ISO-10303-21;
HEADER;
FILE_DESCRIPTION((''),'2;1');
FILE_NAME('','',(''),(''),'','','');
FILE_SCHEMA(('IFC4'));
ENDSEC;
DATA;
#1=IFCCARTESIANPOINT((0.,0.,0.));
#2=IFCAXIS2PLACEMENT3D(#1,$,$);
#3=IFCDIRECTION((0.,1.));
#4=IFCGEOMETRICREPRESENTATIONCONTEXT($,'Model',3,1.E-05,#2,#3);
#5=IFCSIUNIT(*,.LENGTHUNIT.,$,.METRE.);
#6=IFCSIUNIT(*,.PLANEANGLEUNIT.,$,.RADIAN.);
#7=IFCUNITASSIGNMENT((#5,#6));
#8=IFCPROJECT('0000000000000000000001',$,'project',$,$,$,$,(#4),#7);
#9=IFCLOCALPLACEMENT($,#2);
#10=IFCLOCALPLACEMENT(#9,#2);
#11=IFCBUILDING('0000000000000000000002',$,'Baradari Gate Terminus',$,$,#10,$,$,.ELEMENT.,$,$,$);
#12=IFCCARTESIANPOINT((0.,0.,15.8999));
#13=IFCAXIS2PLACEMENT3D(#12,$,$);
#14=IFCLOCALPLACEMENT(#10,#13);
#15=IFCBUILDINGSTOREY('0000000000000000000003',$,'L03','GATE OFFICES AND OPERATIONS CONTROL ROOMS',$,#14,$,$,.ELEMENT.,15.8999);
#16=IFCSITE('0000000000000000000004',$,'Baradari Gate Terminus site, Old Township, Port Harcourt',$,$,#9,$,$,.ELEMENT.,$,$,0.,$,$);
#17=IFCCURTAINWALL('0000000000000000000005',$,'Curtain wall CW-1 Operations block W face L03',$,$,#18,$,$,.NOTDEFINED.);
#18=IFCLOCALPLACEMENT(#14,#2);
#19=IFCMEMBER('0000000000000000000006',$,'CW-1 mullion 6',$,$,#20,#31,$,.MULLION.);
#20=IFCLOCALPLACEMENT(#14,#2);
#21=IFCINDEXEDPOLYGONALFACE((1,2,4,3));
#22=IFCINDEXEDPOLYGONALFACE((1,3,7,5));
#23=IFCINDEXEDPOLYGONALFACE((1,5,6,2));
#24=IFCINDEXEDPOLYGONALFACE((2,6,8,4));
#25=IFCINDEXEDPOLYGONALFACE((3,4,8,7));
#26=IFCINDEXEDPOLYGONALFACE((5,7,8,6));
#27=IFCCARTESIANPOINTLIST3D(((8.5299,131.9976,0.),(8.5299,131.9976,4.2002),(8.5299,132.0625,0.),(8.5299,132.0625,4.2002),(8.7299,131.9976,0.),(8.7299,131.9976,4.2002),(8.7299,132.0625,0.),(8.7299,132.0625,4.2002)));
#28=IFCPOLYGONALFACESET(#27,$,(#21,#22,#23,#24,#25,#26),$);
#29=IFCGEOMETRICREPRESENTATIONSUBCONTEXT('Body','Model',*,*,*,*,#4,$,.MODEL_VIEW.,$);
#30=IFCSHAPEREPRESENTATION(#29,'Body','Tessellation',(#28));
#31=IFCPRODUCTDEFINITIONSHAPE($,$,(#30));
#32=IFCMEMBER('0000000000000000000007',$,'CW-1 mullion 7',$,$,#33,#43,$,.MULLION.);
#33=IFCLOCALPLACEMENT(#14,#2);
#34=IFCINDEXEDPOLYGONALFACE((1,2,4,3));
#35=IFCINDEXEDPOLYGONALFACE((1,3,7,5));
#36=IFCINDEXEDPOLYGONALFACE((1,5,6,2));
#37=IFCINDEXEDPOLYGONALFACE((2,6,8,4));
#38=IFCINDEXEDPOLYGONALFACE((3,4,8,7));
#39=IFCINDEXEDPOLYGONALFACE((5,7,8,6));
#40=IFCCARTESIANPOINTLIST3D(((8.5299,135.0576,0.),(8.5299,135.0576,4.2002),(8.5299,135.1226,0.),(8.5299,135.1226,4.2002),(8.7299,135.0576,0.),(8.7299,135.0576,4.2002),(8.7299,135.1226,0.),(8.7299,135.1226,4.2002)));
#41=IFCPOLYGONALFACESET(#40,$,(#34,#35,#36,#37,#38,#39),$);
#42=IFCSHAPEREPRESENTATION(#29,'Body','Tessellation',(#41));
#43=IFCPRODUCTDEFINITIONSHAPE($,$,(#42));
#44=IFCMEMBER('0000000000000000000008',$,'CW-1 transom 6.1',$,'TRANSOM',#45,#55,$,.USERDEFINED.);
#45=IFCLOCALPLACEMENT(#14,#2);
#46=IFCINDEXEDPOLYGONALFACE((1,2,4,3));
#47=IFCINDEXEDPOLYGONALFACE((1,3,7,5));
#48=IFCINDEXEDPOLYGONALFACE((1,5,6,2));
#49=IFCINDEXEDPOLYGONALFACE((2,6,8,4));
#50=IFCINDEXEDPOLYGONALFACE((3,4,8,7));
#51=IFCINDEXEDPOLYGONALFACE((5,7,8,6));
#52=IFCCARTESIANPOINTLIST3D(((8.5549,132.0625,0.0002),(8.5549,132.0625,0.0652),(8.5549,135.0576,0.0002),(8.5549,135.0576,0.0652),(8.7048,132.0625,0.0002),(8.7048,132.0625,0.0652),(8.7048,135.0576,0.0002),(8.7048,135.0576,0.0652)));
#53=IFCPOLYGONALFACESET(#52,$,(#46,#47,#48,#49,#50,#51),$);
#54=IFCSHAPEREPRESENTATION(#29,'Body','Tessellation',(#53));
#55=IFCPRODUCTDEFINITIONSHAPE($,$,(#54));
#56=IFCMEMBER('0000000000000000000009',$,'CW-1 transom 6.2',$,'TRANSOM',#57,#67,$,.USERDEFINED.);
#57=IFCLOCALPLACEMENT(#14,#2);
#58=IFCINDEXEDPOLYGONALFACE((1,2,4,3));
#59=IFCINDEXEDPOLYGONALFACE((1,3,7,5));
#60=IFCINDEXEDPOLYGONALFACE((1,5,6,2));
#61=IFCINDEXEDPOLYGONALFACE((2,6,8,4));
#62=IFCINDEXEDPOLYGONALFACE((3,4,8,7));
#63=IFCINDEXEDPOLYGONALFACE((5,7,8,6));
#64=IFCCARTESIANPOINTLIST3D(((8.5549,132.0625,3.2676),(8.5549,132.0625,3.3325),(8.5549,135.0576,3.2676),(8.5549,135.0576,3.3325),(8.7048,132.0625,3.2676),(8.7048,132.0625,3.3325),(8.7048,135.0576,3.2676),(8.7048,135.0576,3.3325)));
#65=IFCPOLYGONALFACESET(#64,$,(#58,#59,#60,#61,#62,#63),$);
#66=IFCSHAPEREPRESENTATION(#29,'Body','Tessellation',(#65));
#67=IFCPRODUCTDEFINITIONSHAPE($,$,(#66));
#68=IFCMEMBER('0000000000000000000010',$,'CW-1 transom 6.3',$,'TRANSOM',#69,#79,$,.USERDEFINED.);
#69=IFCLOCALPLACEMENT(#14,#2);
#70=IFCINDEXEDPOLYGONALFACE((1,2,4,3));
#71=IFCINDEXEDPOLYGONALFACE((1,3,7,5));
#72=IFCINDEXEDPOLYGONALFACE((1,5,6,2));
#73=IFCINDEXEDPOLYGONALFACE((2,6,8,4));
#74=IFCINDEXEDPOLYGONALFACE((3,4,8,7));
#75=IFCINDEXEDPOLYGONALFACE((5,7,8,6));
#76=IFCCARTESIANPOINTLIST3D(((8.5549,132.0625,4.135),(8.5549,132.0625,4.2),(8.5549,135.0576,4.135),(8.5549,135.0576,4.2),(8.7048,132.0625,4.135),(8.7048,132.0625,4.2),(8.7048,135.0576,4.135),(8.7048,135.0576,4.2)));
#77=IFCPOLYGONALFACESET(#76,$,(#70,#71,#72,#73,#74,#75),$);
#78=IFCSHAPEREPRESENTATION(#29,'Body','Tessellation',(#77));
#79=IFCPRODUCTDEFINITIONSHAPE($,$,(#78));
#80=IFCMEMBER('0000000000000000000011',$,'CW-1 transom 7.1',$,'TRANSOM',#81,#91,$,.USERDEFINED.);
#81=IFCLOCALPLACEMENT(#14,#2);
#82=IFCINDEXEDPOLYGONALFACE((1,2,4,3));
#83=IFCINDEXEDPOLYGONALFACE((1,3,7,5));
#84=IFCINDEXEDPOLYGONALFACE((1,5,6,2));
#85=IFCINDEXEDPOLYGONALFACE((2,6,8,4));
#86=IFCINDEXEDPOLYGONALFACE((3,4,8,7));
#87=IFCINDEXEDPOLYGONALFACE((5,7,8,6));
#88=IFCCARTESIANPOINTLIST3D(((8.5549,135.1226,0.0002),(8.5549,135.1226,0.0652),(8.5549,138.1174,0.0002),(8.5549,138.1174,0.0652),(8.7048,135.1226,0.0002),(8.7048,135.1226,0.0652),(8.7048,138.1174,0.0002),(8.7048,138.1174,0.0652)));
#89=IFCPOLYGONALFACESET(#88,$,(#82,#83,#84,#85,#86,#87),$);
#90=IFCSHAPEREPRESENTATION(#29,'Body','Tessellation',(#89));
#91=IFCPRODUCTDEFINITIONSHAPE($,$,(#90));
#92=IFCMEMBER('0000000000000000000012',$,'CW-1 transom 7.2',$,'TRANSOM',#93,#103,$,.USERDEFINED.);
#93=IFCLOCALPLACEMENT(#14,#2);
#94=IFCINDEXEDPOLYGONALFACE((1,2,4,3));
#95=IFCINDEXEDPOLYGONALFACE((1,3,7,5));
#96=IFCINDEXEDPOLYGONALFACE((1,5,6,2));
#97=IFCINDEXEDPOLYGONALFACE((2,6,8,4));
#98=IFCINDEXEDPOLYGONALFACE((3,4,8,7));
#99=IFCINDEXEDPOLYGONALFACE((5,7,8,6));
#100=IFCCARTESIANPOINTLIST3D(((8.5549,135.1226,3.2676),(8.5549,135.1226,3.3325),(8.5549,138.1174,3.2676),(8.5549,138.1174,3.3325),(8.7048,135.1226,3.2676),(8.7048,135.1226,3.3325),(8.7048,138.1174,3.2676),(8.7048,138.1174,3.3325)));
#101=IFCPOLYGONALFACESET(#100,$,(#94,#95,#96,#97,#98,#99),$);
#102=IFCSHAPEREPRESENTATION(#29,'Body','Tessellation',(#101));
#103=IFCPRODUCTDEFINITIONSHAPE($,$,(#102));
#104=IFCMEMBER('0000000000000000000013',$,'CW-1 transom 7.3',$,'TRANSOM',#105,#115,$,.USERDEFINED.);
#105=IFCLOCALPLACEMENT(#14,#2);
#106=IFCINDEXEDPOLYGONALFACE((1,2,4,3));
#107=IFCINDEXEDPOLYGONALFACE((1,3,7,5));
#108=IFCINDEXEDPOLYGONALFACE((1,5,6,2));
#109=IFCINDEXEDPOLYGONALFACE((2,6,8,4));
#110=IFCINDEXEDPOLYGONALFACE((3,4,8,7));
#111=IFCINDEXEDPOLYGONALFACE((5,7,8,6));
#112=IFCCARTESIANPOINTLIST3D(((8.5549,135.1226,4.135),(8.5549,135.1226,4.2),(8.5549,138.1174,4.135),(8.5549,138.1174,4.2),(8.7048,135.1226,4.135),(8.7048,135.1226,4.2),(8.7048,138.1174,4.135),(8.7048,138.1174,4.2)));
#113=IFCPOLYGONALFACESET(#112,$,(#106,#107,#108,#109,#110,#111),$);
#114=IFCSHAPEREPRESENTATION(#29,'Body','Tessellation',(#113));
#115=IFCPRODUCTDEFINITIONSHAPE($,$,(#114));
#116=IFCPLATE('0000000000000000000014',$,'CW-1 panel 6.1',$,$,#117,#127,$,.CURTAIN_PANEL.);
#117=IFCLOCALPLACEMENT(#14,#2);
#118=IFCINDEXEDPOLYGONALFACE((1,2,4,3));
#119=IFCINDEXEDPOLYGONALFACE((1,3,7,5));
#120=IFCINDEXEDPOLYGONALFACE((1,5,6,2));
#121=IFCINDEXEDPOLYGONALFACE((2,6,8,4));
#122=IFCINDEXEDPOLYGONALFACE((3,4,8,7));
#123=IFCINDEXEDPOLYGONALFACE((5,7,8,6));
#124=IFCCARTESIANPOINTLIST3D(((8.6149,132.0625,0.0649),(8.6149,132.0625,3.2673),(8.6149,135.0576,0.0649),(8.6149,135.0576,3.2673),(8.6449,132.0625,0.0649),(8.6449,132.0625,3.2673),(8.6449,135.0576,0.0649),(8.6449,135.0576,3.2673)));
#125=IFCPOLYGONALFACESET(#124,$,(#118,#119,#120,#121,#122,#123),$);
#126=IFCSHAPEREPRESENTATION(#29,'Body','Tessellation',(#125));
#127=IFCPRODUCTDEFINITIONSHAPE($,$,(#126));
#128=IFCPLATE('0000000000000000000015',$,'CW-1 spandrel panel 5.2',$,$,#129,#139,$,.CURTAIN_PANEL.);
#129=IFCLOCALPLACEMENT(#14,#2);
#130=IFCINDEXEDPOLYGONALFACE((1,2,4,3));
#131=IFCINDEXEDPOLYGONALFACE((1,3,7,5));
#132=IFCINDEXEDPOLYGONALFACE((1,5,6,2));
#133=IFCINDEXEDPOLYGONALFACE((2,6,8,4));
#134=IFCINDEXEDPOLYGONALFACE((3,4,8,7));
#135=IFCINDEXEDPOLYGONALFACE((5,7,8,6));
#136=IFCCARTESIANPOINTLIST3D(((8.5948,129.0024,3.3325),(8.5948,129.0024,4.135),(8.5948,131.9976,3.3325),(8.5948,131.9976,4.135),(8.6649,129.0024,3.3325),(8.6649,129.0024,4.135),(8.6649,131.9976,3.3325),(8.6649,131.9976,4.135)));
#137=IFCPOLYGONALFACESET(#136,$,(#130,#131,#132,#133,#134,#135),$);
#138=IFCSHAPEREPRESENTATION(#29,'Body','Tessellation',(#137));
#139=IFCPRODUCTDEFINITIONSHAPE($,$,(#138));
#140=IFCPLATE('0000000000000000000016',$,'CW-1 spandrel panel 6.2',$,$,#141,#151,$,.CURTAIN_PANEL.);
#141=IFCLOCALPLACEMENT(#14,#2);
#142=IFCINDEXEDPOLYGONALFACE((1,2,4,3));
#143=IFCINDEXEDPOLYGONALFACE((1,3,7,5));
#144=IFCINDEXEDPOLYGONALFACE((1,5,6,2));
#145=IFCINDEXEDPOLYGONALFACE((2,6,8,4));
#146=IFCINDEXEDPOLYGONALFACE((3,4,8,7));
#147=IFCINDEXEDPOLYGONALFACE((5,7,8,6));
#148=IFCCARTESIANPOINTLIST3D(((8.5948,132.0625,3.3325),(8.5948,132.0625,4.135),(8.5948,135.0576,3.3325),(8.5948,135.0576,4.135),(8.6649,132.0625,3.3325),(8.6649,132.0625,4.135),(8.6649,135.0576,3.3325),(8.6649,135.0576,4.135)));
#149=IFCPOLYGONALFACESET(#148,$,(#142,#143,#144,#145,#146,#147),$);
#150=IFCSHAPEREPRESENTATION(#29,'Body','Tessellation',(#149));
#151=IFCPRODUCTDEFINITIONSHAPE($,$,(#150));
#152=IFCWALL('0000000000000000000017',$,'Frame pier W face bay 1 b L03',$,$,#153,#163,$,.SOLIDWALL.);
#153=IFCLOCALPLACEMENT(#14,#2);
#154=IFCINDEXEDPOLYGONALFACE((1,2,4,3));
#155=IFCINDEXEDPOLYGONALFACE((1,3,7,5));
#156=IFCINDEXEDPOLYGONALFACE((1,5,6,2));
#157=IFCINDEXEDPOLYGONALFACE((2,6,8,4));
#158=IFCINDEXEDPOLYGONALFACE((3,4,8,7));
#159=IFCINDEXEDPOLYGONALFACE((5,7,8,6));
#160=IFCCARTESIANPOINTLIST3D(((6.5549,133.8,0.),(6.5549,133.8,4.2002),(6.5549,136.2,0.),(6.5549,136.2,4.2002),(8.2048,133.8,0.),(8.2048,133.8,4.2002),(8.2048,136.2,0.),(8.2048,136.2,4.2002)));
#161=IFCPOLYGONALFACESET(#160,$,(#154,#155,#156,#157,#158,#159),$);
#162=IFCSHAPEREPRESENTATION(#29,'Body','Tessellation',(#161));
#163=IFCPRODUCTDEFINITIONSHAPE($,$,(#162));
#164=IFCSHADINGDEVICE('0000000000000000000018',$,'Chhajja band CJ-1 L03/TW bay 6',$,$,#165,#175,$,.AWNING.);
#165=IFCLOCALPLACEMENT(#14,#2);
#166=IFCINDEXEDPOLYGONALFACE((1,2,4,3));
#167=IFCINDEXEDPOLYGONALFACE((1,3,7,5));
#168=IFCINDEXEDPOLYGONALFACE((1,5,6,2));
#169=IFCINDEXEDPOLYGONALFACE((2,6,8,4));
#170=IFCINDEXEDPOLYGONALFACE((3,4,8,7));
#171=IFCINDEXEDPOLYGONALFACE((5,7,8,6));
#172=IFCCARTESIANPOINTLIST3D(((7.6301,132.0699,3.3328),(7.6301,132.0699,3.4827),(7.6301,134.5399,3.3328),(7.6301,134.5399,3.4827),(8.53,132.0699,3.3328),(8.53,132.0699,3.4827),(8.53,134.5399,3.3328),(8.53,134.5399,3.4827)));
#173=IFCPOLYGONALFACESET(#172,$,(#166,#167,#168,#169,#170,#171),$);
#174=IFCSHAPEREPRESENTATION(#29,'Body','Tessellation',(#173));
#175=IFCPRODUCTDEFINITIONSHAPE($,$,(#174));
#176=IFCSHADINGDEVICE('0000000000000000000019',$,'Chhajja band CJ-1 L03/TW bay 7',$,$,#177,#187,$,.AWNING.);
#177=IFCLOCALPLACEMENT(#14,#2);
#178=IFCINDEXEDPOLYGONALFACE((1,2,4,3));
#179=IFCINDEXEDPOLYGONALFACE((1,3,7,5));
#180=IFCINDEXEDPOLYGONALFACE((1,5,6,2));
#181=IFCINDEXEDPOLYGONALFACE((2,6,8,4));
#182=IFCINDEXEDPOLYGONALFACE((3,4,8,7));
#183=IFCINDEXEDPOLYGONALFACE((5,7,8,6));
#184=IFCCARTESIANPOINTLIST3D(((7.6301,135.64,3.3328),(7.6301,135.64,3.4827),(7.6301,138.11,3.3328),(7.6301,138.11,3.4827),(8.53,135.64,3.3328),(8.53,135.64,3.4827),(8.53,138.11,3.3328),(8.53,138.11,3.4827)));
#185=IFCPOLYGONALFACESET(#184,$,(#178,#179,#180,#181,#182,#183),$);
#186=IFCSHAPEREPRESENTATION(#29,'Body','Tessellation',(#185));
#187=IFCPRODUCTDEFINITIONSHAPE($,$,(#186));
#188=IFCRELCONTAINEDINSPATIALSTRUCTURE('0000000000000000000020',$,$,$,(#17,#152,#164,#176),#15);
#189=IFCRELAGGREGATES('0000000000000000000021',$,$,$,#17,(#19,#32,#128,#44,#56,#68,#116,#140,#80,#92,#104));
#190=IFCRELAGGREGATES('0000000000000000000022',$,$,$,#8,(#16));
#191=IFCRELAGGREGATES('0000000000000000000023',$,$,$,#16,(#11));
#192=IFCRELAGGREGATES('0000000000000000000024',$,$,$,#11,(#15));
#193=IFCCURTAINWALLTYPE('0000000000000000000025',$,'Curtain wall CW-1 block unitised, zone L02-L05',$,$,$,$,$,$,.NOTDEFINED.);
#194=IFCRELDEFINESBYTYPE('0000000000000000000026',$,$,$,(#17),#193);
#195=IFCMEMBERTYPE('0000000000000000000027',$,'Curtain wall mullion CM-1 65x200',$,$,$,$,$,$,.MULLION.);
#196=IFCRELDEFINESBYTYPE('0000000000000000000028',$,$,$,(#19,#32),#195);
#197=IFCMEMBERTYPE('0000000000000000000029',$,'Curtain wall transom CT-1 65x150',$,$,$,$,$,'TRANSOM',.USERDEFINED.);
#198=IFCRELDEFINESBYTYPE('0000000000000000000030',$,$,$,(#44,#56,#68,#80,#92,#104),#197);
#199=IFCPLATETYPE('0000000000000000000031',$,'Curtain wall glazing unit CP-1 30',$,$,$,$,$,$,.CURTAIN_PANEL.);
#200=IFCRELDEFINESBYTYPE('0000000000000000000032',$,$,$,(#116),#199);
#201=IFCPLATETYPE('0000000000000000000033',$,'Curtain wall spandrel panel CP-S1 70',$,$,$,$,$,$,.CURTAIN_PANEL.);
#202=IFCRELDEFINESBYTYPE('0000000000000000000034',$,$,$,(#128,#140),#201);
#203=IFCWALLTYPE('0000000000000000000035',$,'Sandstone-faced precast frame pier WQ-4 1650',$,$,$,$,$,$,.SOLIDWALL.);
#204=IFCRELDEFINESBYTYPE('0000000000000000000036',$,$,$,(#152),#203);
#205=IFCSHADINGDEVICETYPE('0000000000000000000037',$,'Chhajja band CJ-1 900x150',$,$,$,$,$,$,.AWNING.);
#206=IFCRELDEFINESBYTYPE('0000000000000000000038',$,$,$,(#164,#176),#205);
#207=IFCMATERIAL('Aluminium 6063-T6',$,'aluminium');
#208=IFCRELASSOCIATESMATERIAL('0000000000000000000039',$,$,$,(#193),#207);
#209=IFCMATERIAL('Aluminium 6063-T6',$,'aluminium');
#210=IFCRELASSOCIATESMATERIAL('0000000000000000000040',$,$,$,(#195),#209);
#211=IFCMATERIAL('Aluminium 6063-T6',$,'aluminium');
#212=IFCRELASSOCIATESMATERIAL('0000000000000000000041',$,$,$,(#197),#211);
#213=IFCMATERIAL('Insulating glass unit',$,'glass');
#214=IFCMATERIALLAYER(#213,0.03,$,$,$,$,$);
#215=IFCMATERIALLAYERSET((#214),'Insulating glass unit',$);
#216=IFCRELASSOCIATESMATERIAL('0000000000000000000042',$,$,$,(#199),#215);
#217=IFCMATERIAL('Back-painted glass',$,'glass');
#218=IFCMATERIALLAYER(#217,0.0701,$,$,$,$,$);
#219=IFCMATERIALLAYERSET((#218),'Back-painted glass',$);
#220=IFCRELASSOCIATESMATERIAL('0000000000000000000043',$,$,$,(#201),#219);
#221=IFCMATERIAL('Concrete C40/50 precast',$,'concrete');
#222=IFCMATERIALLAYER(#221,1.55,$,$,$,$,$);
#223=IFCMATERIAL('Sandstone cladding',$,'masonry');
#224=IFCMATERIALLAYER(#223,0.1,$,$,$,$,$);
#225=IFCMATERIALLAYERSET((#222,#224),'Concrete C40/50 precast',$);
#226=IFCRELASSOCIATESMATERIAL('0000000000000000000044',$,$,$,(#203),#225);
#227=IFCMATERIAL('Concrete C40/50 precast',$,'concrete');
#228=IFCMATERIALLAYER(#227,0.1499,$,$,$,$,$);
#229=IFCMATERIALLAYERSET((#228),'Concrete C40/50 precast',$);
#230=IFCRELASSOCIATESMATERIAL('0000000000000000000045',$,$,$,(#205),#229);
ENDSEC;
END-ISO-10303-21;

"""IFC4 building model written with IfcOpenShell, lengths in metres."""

from ifc_helpers import new_model, si_unit, direction, frame, frame_2d, origin, origin_2d, place, context, subcontext, project, spatial, rectangle, extrude, material, layer, layer_set, material_profile, profile_set, type_object, element, aggregate, save


model = new_model("IFC4")

# Units and contexts
model_context = context("Model", 3, precision=1e-05, world=origin(), true_north=direction((0.0, 1.0)))
body_context = subcontext(model_context, "Body", "Model", "MODEL_VIEW")
ifc_project = project(units=[si_unit("LENGTHUNIT", "METRE"), si_unit("PLANEANGLEUNIT", "RADIAN")], contexts=[model_context])

# Site, building, storey
site_placement = place(None, origin())
site = spatial("IfcSite", under=ifc_project, at=site_placement, Name="Baradari Gate Terminus site, Old Township, Port Harcourt", CompositionType="ELEMENT", RefElevation=0.0)
building_placement = place(site_placement, origin())
building = spatial("IfcBuilding", under=site, at=building_placement, Name="Baradari Gate Terminus", CompositionType="ELEMENT")
storey_placement = place(building_placement, frame((0.0, 0.0, 15.8999)))
storey = spatial("IfcBuildingStorey", under=building, at=storey_placement, Name="L03", Description="GATE OFFICES AND OPERATIONS CONTROL ROOMS", CompositionType="ELEMENT", Elevation=15.8999)

# Curtain wall, members, plates
ifc_material_1 = material(Name="Aluminium 6063-T6", Category="aluminium")
curtain_wall_type = type_object("IfcCurtainWallType", Name="Curtain wall CW-1 block unitised, zone L02-L05", PredefinedType="NOTDEFINED", material=ifc_material_1)
curtain_wall_placement = place(storey_placement, origin())
curtain_wall = element("IfcCurtainWall", 1, at=curtain_wall_placement, inside=storey, type_object=curtain_wall_type, Name="Curtain wall CW-1 Operations block W face L03", PredefinedType="NOTDEFINED")
ifc_material_2 = material(Name="Aluminium 6063-T6", Category="aluminium")
ifc_material_profile_1 = material_profile(ifc_material_2, rectangle(XDim=0.2, YDim=0.0649, at=origin_2d()), Name="CM-1 65X200")
ifc_profile_set_1 = profile_set([ifc_material_profile_1], Name="Aluminium 6063-T6")
member_type_1 = type_object("IfcMemberType", Name="Curtain wall mullion CM-1 65x200", PredefinedType="MULLION", material=ifc_profile_set_1)
member_1_placement = place(storey_placement, frame((8.6299, 132.03, 0.0), z_axis=(0.0, 0.0, 1.0), x_axis=(-1.0, 0.0, 0.0)))
member_1 = element("IfcMember", 2, at=member_1_placement, type_object=member_type_1, Name="CW-1 mullion 6", PredefinedType="MULLION", context=body_context, shape_type="SweptSolid", body=[
    extrude(rectangle(XDim=0.2, YDim=0.0649, at=origin_2d()), origin(), (0.0, 0.0, 1.0), 4.2002),
])
member_2_placement = place(storey_placement, frame((8.6299, 135.0901, 0.0), z_axis=(0.0, 0.0, 1.0), x_axis=(-1.0, 0.0, 0.0)))
member_2 = element("IfcMember", 3, at=member_2_placement, type_object=member_type_1, Name="CW-1 mullion 7", PredefinedType="MULLION", context=body_context, shape_type="SweptSolid", body=[
    extrude(rectangle(XDim=0.2, YDim=0.0649, at=origin_2d()), origin(), (0.0, 0.0, 1.0), 4.2002),
])
ifc_material_3 = material(Name="Aluminium 6063-T6", Category="aluminium")
ifc_material_profile_2 = material_profile(ifc_material_3, rectangle(XDim=0.1499, YDim=0.0649, at=origin_2d()), Name="CT-1 65X150")
ifc_profile_set_2 = profile_set([ifc_material_profile_2], Name="Aluminium 6063-T6")
member_type_2 = type_object("IfcMemberType", Name="Curtain wall transom CT-1 65x150", ElementType="TRANSOM", PredefinedType="USERDEFINED", material=ifc_profile_set_2)
member_3_placement = place(storey_placement, frame((8.6299, 132.0625, 0.0327), z_axis=(0.0, 1.0, 0.0), x_axis=(-1.0, 0.0, 0.0)))
member_3 = element("IfcMember", 4, at=member_3_placement, type_object=member_type_2, Name="CW-1 transom 6.1", ObjectType="TRANSOM", PredefinedType="USERDEFINED", context=body_context, shape_type="SweptSolid", body=[
    extrude(rectangle(XDim=0.1499, YDim=0.0649, at=origin_2d()), origin(), (0.0, 0.0, 1.0), 2.9951),
])
member_4_placement = place(storey_placement, frame((8.6299, 132.0625, 3.3), z_axis=(0.0, 1.0, 0.0), x_axis=(-1.0, 0.0, 0.0)))
member_4 = element("IfcMember", 5, at=member_4_placement, type_object=member_type_2, Name="CW-1 transom 6.2", ObjectType="TRANSOM", PredefinedType="USERDEFINED", context=body_context, shape_type="SweptSolid", body=[
    extrude(rectangle(XDim=0.1499, YDim=0.0649, at=origin_2d()), origin(), (0.0, 0.0, 1.0), 2.9951),
])
member_5_placement = place(storey_placement, frame((8.6299, 132.0625, 4.1675), z_axis=(0.0, 1.0, 0.0), x_axis=(-1.0, 0.0, 0.0)))
member_5 = element("IfcMember", 6, at=member_5_placement, type_object=member_type_2, Name="CW-1 transom 6.3", ObjectType="TRANSOM", PredefinedType="USERDEFINED", context=body_context, shape_type="SweptSolid", body=[
    extrude(rectangle(XDim=0.1499, YDim=0.0649, at=origin_2d()), origin(), (0.0, 0.0, 1.0), 2.9951),
])
member_6_placement = place(storey_placement, frame((8.6299, 135.1226, 0.0327), z_axis=(0.0, 1.0, 0.0), x_axis=(-1.0, 0.0, 0.0)))
member_6 = element("IfcMember", 7, at=member_6_placement, type_object=member_type_2, Name="CW-1 transom 7.1", ObjectType="TRANSOM", PredefinedType="USERDEFINED", context=body_context, shape_type="SweptSolid", body=[
    extrude(rectangle(XDim=0.1499, YDim=0.0649, at=origin_2d()), origin(), (0.0, 0.0, 1.0), 2.9949),
])
member_7_placement = place(storey_placement, frame((8.6299, 135.1226, 3.3), z_axis=(0.0, 1.0, 0.0), x_axis=(-1.0, 0.0, 0.0)))
member_7 = element("IfcMember", 8, at=member_7_placement, type_object=member_type_2, Name="CW-1 transom 7.2", ObjectType="TRANSOM", PredefinedType="USERDEFINED", context=body_context, shape_type="SweptSolid", body=[
    extrude(rectangle(XDim=0.1499, YDim=0.0649, at=origin_2d()), origin(), (0.0, 0.0, 1.0), 2.9949),
])
member_8_placement = place(storey_placement, frame((8.6299, 135.1226, 4.1675), z_axis=(0.0, 1.0, 0.0), x_axis=(-1.0, 0.0, 0.0)))
member_8 = element("IfcMember", 9, at=member_8_placement, type_object=member_type_2, Name="CW-1 transom 7.3", ObjectType="TRANSOM", PredefinedType="USERDEFINED", context=body_context, shape_type="SweptSolid", body=[
    extrude(rectangle(XDim=0.1499, YDim=0.0649, at=origin_2d()), origin(), (0.0, 0.0, 1.0), 2.9949),
])
ifc_material_4 = material(Name="Insulating glass unit", Category="glass")
ifc_layer_1 = layer(ifc_material_4, 0.03)
ifc_layer_set_1 = layer_set([ifc_layer_1], Name="Insulating glass unit")
plate_type_1 = type_object("IfcPlateType", Name="Curtain wall glazing unit CP-1 30", PredefinedType="CURTAIN_PANEL", material=ifc_layer_set_1)
plate_1_placement = place(storey_placement, frame((8.6299, 133.5601, 0.0649), z_axis=(0.0, 0.0, 1.0), x_axis=(0.0, 1.0, 0.0)))
plate_1 = element("IfcPlate", 10, at=plate_1_placement, type_object=plate_type_1, Name="CW-1 panel 6.1", PredefinedType="CURTAIN_PANEL", context=body_context, shape_type="SweptSolid", body=[
    extrude(rectangle(XDim=2.9951, YDim=0.03, at=origin_2d()), origin(), (0.0, 0.0, 1.0), 3.2024),
])
ifc_material_5 = material(Name="Back-painted glass", Category="glass")
ifc_layer_2 = layer(ifc_material_5, 0.0701)
ifc_layer_set_2 = layer_set([ifc_layer_2], Name="Back-painted glass")
plate_type_2 = type_object("IfcPlateType", Name="Curtain wall spandrel panel CP-S1 70", PredefinedType="CURTAIN_PANEL", material=ifc_layer_set_2)
plate_2_placement = place(storey_placement, frame((8.6299, 130.5, 3.3325), z_axis=(0.0, 0.0, 1.0), x_axis=(0.0, 1.0, 0.0)))
plate_2 = element("IfcPlate", 11, at=plate_2_placement, type_object=plate_type_2, Name="CW-1 spandrel panel 5.2", PredefinedType="CURTAIN_PANEL", context=body_context, shape_type="SweptSolid", body=[
    extrude(rectangle(XDim=2.9951, YDim=0.0701, at=origin_2d()), origin(), (0.0, 0.0, 1.0), 0.8025),
])
plate_3_placement = place(storey_placement, frame((8.6299, 133.5601, 3.3325), z_axis=(0.0, 0.0, 1.0), x_axis=(0.0, 1.0, 0.0)))
plate_3 = element("IfcPlate", 12, at=plate_3_placement, type_object=plate_type_2, Name="CW-1 spandrel panel 6.2", PredefinedType="CURTAIN_PANEL", context=body_context, shape_type="SweptSolid", body=[
    extrude(rectangle(XDim=2.9951, YDim=0.0701, at=origin_2d()), origin(), (0.0, 0.0, 1.0), 0.8025),
])
aggregate(curtain_wall, [member_1, member_2, plate_2, member_3, member_4, member_5, plate_1, plate_3, member_6, member_7, member_8])

# Wall
ifc_material_6 = material(Name="Concrete C40/50 precast", Category="concrete")
ifc_layer_3 = layer(ifc_material_6, 1.55)
ifc_material_7 = material(Name="Sandstone cladding", Category="masonry")
ifc_layer_4 = layer(ifc_material_7, 0.1)
ifc_layer_set_3 = layer_set([ifc_layer_3, ifc_layer_4], Name="Concrete C40/50 precast")
wall_type = type_object("IfcWallType", Name="Sandstone-faced precast frame pier WQ-4 1650", PredefinedType="SOLIDWALL", material=ifc_layer_set_3)
wall_placement = place(storey_placement, frame((7.3799, 133.8, 0.0), z_axis=(0.0, 0.0, 1.0), x_axis=(0.0, 1.0, 0.0)))
element("IfcWall", 13, at=wall_placement, inside=storey, type_object=wall_type, Name="Frame pier W face bay 1 b L03", PredefinedType="SOLIDWALL", context=body_context, shape_type="SweptSolid", body=[
    extrude(rectangle(XDim=2.3999, YDim=1.6499, at=frame_2d((1.2, 0.0))), origin(), (0.0, 0.0, 1.0), 4.2002),
])

# Shading devices
ifc_material_8 = material(Name="Concrete C40/50 precast", Category="concrete")
ifc_layer_5 = layer(ifc_material_8, 0.1499)
ifc_layer_set_4 = layer_set([ifc_layer_5], Name="Concrete C40/50 precast")
shading_device_type_1 = type_object("IfcShadingDeviceType", Name="Chhajja band CJ-1 900x150", PredefinedType="AWNING", material=ifc_layer_set_4)
for number, where, z_axis, x_axis, name in (
    (14, (8.0801, 133.3049, 3.3328), (0.0, 0.0, 1.0), (0.0, 1.0, 0.0), "Chhajja band CJ-1 L03/TW bay 6"),
    (15, (8.0801, 136.875, 3.3328), (0.0, 0.0, 1.0), (0.0, 1.0, 0.0), "Chhajja band CJ-1 L03/TW bay 7"),
):
    element("IfcShadingDevice", number, at=place(storey_placement, frame(where, z_axis=z_axis, x_axis=x_axis)), inside=storey, type_object=shading_device_type_1, Name=name, PredefinedType="AWNING", context=body_context, shape_type="SweptSolid", body=[
        extrude(rectangle(XDim=2.47, YDim=0.8999, at=origin_2d()), origin(), (0.0, 0.0, 1.0), 0.1499),
    ])

save(model, "model.ifc")
